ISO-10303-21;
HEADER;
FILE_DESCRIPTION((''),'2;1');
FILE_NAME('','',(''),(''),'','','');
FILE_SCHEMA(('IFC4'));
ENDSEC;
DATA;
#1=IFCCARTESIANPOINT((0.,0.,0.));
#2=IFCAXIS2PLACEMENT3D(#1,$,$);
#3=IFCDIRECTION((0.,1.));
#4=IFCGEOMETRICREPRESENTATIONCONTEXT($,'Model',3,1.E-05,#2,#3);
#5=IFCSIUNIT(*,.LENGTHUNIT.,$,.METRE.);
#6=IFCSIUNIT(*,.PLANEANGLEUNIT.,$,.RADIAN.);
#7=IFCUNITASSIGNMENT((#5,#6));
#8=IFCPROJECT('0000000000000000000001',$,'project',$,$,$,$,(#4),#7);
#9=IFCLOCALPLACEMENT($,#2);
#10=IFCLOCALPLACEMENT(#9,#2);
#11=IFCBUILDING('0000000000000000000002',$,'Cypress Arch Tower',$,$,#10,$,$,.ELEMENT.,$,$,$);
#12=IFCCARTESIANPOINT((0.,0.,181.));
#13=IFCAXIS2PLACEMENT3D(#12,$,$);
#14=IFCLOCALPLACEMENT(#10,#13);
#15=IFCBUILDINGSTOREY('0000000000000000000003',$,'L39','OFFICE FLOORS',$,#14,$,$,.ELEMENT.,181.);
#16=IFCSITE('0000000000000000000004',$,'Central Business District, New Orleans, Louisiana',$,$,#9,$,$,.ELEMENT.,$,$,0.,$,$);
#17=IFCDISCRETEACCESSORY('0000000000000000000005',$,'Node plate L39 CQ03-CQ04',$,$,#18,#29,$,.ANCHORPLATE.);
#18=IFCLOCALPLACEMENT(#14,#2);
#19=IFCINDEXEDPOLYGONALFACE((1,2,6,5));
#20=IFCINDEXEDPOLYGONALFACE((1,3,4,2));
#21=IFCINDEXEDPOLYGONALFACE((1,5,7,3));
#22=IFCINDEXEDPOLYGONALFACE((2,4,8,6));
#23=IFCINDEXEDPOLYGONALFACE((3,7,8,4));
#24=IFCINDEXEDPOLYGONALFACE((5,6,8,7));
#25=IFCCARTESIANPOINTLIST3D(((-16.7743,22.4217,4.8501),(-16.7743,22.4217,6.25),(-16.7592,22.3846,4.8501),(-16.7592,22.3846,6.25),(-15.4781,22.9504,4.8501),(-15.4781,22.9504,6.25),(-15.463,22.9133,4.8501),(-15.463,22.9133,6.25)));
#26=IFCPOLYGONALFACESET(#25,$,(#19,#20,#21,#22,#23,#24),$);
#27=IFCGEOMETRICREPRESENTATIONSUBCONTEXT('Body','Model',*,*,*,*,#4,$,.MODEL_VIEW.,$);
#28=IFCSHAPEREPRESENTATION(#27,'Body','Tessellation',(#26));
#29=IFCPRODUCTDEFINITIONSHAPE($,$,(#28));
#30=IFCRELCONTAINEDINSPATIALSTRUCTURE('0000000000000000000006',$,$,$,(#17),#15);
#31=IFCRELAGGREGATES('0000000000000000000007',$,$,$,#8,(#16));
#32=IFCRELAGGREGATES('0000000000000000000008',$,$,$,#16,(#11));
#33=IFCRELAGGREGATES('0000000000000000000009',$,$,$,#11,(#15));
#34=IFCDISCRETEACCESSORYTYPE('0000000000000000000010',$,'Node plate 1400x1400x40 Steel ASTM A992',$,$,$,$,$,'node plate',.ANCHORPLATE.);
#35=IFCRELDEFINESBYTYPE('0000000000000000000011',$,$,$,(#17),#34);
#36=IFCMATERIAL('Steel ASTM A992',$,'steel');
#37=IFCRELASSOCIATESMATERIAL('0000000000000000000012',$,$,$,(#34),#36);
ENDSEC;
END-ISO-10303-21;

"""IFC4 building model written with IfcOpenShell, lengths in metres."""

from ifc_helpers import new_model, si_unit, direction, frame, origin, origin_2d, place, context, subcontext, project, spatial, rectangle, extrude, material, material_profile, profile_set, type_object, element, save


model = new_model("IFC4")

# Units and contexts
model_context = context("Model", 3, precision=1e-05, world=origin(), true_north=direction((0.0, 1.0)))
body_context = subcontext(model_context, "Body", "Model", "MODEL_VIEW")
ifc_project = project(units=[si_unit("LENGTHUNIT", "METRE"), si_unit("PLANEANGLEUNIT", "RADIAN")], contexts=[model_context])

# Site, building, storey
site_placement = place(None, origin())
site = spatial("IfcSite", under=ifc_project, at=site_placement, Name="Central Business District, New Orleans, Louisiana", CompositionType="ELEMENT", RefElevation=0.0)
building_placement = place(site_placement, origin())
building = spatial("IfcBuilding", under=site, at=building_placement, Name="Cypress Arch Tower", CompositionType="ELEMENT")
storey_placement = place(building_placement, frame((0.0, 0.0, 181.0)))
storey = spatial("IfcBuildingStorey", under=building, at=storey_placement, Name="L39", Description="OFFICE FLOORS", CompositionType="ELEMENT", Elevation=181.0)

# Discrete accessory
ifc_material_1 = material(Name="Steel ASTM A992", Category="steel")
ifc_material_profile_1 = material_profile(ifc_material_1, rectangle(XDim=1.3999, YDim=1.3999, at=origin_2d()), Name="PL 40 1400x1400")
ifc_profile_set_1 = profile_set([ifc_material_profile_1], Name="Steel ASTM A992")
discrete_accessory_type_1 = type_object("IfcDiscreteAccessoryType", Name="Node plate 1400x1400x40 Steel ASTM A992", ElementType="node plate", PredefinedType="ANCHORPLATE", material=ifc_profile_set_1)
discrete_accessory_placement = place(storey_placement, frame((-16.1262, 22.686, 5.55), z_axis=(0.377684, -0.925935, 0.0), x_axis=(0.925935, 0.377684, 0.0)))
element("IfcDiscreteAccessory", 1, at=discrete_accessory_placement, inside=storey, type_object=discrete_accessory_type_1, Name="Node plate L39 CQ03-CQ04", PredefinedType="ANCHORPLATE", context=body_context, shape_type="SweptSolid", body=[
    extrude(rectangle(XDim=1.3999, YDim=1.3999, at=origin_2d()), origin(), (0.0, 0.0, 1.0), 0.04),
])

save(model, "model.ifc")
